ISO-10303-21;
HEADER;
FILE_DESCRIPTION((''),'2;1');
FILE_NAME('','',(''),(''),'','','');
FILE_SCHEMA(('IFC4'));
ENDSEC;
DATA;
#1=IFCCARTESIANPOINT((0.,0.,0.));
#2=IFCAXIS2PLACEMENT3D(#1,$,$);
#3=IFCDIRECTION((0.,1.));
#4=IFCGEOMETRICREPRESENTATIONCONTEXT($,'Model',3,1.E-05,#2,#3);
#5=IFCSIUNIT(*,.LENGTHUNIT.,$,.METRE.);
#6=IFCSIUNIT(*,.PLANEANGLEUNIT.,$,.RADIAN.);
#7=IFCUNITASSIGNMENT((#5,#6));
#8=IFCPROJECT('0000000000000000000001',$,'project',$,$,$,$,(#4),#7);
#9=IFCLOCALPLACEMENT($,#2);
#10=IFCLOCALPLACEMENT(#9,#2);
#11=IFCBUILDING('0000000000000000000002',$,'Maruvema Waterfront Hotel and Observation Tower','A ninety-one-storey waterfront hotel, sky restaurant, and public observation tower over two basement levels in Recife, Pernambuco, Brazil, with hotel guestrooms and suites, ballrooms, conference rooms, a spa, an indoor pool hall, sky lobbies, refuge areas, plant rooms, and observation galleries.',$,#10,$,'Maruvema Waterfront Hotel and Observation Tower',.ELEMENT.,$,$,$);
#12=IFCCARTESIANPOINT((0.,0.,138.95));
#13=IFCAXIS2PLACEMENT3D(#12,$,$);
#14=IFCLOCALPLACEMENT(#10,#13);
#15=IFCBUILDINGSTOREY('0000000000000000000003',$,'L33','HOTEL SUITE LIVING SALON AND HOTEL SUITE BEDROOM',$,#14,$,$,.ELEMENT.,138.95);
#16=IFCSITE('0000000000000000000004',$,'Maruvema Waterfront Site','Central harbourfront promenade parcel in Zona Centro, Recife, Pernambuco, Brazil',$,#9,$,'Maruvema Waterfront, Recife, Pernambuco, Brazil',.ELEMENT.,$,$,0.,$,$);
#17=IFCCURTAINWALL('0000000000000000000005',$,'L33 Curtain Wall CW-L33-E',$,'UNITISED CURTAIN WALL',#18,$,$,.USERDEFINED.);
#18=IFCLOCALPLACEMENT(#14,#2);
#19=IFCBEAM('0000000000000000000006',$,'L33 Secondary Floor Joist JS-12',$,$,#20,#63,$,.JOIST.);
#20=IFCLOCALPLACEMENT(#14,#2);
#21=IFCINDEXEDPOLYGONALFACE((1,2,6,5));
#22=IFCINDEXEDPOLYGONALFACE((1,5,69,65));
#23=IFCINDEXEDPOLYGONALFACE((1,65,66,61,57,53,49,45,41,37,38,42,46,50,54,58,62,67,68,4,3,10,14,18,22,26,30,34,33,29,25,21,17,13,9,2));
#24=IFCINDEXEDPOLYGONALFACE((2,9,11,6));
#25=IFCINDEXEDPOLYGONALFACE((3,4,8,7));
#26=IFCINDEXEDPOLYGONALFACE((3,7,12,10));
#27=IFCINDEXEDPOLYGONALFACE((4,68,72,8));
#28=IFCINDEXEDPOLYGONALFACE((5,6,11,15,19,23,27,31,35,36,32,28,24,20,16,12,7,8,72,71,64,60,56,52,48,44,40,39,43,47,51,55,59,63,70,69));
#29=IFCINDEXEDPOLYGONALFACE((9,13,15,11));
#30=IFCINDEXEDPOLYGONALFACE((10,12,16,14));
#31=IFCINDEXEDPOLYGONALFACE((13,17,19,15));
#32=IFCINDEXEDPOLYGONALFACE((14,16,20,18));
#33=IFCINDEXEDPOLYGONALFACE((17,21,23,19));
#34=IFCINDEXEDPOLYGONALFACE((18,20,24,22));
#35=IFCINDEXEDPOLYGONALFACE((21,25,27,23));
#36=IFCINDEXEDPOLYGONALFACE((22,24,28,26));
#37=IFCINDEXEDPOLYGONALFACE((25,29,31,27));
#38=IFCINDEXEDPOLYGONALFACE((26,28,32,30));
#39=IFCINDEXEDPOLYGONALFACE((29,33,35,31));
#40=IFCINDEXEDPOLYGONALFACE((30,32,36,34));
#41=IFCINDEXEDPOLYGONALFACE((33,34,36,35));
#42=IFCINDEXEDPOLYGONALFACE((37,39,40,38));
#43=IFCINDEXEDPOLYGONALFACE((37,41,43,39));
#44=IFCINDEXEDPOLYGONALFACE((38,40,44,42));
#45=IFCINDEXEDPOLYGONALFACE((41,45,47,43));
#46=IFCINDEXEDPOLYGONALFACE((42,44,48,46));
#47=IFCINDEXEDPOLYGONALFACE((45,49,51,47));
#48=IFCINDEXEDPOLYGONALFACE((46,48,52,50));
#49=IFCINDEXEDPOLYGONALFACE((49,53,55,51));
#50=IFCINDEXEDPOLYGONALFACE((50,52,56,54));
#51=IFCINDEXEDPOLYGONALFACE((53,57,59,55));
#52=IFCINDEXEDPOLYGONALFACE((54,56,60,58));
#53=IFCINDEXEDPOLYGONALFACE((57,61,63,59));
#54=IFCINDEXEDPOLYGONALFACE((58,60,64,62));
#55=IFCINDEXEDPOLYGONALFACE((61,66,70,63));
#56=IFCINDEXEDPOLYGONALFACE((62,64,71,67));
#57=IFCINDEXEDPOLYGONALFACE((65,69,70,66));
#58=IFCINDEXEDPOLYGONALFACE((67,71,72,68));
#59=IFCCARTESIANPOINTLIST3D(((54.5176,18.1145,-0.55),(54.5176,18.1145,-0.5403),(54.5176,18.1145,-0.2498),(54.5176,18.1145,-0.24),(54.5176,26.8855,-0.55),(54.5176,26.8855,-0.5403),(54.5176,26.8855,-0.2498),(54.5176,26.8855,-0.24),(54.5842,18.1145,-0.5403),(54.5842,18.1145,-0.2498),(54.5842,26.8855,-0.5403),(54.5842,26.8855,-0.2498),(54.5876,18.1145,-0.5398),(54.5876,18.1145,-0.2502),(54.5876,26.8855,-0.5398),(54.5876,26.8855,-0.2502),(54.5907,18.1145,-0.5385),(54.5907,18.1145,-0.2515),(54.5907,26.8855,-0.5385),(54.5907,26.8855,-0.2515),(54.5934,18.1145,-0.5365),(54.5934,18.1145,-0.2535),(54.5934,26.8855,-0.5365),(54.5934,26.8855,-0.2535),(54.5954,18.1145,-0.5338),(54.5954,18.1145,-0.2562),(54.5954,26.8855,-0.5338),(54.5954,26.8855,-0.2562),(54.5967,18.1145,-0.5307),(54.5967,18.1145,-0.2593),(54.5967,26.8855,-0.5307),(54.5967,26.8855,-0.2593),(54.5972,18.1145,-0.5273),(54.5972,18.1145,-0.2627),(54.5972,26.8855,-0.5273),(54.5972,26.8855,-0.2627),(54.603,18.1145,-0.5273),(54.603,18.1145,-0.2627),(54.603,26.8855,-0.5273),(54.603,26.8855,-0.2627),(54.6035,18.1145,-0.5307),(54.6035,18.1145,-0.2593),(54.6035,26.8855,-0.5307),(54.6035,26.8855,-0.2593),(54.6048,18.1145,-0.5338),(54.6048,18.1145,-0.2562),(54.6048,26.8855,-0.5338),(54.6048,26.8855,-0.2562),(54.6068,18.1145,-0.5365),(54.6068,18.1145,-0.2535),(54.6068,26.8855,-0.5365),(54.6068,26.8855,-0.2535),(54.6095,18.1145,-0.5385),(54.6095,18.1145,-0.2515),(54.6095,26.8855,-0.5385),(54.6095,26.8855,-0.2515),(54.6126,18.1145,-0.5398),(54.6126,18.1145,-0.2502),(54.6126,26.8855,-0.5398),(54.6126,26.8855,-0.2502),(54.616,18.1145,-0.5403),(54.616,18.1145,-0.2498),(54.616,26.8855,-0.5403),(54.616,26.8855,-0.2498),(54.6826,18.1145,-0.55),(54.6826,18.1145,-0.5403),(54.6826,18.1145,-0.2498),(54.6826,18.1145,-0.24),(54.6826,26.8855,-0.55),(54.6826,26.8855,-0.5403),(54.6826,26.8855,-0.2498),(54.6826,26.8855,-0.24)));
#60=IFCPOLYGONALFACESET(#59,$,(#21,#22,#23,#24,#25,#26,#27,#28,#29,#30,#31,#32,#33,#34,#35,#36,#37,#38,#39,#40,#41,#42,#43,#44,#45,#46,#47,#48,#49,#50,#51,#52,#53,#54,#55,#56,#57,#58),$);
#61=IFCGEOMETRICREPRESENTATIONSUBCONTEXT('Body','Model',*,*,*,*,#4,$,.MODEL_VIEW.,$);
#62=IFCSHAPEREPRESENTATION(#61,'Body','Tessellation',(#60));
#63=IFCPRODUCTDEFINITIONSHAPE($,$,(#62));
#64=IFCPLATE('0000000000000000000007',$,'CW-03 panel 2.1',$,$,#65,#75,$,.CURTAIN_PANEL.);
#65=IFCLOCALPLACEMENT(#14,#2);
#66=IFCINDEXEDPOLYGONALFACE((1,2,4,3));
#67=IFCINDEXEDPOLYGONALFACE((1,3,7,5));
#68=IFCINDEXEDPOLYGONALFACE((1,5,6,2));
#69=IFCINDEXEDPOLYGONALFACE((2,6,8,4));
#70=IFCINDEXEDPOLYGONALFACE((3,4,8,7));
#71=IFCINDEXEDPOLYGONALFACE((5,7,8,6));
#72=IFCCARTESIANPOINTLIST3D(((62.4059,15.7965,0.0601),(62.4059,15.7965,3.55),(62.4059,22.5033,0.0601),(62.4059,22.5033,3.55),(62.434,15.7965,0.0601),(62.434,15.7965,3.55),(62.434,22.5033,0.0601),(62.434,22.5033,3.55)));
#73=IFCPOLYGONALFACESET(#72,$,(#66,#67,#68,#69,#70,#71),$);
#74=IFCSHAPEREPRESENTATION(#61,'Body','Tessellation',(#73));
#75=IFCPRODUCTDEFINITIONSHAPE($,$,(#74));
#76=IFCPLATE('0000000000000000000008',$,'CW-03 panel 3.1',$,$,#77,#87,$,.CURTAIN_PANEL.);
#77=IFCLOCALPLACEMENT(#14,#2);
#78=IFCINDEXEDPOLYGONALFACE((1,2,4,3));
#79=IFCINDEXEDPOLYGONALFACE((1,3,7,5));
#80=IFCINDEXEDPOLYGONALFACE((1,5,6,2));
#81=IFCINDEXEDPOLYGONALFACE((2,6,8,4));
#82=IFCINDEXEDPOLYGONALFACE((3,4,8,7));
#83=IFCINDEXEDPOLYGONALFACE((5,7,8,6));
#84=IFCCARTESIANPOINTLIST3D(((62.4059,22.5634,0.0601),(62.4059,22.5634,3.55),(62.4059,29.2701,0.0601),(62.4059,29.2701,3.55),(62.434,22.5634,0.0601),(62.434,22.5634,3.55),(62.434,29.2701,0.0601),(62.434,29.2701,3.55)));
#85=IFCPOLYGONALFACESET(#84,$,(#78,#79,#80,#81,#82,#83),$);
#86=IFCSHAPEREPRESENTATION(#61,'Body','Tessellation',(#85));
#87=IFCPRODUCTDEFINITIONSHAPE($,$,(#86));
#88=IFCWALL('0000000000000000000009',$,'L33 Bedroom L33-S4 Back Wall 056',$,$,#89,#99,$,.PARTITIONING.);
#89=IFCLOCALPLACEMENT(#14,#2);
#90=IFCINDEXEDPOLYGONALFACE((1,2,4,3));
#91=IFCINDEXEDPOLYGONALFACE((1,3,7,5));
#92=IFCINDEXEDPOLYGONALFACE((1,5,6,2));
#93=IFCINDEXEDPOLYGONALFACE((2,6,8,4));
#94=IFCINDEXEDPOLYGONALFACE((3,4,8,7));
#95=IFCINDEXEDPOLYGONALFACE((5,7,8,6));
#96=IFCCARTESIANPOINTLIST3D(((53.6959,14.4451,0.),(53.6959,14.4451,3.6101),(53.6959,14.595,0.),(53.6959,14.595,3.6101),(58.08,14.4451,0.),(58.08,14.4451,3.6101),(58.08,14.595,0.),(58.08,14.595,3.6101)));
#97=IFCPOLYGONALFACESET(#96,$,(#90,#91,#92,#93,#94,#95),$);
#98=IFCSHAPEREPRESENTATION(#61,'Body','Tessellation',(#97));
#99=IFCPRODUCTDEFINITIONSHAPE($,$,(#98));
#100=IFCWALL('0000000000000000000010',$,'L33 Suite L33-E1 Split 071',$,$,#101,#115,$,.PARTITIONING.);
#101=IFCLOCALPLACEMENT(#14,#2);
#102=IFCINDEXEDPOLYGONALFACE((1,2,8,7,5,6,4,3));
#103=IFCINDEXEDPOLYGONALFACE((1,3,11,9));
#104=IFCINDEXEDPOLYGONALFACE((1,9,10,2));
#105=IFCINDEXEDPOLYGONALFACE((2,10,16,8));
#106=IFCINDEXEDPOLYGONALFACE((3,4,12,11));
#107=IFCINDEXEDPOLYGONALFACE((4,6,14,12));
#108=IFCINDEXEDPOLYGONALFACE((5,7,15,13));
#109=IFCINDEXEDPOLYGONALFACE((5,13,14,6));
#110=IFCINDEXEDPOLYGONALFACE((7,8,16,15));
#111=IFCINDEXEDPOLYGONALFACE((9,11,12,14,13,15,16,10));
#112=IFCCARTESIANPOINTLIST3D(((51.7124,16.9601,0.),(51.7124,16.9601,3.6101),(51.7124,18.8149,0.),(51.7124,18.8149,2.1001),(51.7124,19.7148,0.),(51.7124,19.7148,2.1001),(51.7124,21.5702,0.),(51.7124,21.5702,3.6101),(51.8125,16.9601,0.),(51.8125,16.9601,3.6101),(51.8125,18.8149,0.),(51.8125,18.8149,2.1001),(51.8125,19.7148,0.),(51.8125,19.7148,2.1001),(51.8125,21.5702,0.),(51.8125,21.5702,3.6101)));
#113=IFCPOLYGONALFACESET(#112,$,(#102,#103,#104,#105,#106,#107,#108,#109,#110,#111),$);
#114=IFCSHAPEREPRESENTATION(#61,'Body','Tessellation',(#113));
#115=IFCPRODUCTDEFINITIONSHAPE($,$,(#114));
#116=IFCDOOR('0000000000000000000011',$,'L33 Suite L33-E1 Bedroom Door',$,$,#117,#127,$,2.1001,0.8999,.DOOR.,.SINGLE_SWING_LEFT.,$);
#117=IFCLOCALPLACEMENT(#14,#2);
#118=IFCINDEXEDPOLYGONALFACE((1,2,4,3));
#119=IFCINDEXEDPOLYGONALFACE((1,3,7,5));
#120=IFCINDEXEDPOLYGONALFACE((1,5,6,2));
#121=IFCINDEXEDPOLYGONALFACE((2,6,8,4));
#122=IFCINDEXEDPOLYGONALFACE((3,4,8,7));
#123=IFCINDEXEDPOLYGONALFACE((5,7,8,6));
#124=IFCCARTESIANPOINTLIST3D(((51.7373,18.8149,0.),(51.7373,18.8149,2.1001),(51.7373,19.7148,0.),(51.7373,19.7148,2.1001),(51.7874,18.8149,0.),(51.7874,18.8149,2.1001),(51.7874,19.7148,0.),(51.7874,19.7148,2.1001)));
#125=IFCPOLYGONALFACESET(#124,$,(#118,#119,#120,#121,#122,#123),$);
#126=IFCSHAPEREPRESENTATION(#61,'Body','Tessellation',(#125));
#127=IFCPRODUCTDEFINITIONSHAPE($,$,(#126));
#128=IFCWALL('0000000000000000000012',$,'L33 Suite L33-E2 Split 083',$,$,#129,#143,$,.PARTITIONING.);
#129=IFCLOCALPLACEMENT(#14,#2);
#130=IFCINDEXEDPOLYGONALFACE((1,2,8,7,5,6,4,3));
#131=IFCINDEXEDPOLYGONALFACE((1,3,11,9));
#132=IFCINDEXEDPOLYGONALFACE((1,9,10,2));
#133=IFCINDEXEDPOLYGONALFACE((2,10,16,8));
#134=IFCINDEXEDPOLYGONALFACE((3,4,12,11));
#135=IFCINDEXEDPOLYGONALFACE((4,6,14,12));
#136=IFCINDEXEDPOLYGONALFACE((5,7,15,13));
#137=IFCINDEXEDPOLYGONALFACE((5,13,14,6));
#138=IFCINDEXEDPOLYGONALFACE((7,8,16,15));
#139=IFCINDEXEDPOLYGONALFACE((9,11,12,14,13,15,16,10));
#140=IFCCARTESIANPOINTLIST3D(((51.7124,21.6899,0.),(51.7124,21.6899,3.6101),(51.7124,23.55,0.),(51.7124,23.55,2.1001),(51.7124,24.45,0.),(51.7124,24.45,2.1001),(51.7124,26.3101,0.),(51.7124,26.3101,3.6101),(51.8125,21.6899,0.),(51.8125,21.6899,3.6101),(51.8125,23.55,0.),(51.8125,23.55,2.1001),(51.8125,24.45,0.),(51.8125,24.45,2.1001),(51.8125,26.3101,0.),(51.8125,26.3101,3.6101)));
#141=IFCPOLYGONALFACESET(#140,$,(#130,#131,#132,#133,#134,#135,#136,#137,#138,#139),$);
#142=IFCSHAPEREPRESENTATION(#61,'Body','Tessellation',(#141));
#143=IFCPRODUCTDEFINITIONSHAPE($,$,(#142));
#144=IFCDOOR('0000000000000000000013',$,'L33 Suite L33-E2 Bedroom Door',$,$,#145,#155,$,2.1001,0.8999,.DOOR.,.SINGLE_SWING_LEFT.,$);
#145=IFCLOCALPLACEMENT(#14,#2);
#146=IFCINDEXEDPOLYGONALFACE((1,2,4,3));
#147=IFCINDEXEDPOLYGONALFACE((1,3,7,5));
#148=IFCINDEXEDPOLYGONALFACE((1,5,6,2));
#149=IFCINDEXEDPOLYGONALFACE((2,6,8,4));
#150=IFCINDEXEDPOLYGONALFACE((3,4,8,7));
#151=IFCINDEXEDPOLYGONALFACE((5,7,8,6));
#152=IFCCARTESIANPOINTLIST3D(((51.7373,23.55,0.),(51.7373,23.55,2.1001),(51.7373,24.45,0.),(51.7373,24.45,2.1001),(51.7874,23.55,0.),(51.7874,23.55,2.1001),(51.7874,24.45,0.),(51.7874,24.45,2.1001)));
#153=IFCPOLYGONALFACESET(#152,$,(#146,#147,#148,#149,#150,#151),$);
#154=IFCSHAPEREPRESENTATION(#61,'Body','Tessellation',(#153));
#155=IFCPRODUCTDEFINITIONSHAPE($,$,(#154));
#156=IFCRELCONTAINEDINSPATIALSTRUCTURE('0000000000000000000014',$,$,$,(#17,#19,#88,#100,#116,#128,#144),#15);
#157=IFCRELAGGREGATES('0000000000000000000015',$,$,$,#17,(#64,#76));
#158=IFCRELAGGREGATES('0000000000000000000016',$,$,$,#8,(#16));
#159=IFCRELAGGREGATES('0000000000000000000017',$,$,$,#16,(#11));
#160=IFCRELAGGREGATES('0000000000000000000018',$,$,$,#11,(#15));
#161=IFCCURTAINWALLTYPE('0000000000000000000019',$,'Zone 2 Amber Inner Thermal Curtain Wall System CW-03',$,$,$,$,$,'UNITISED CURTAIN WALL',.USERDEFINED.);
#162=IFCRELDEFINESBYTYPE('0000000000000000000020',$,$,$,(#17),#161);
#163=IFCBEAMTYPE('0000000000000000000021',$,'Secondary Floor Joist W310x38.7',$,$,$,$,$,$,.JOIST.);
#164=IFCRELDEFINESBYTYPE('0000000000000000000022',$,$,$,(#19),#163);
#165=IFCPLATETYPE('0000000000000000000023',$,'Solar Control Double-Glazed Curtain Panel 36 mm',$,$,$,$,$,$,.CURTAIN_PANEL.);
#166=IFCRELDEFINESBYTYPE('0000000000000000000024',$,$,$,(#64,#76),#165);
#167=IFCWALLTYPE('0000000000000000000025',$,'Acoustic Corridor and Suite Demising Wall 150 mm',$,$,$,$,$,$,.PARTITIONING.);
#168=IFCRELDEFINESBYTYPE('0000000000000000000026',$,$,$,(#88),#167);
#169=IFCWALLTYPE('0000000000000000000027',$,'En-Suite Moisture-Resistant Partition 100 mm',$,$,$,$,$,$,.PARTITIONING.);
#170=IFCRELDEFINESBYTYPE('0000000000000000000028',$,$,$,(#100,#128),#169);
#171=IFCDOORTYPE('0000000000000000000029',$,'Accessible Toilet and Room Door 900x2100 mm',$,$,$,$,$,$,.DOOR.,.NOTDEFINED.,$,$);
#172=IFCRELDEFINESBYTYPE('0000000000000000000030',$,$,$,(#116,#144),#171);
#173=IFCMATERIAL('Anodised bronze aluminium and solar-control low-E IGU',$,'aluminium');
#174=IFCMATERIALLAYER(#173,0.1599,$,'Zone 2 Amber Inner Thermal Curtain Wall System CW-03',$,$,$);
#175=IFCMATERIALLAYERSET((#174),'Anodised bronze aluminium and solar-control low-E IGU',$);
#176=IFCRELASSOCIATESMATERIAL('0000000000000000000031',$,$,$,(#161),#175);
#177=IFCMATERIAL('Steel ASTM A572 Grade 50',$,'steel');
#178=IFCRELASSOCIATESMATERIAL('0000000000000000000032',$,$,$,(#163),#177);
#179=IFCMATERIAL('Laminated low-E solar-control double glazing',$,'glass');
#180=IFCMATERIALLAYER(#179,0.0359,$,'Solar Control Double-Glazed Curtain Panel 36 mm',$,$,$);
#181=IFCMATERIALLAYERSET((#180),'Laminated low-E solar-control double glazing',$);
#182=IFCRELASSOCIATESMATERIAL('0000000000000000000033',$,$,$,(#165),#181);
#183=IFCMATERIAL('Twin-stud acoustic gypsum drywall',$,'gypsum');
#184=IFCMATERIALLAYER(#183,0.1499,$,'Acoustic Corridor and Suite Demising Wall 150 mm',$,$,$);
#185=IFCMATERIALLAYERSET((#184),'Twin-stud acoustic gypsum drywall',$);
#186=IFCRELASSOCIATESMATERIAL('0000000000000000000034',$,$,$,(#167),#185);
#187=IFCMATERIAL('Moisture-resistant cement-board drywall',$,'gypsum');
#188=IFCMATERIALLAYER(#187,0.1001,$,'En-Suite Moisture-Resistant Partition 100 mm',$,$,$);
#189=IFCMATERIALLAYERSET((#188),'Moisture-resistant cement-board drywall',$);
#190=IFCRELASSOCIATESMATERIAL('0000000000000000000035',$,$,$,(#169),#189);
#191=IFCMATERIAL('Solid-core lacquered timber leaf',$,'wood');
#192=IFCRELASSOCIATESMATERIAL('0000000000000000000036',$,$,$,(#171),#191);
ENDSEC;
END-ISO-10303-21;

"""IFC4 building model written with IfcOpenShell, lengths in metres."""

from ifc_helpers import new_model, si_unit, direction, frame, frame_2d, origin, origin_2d, place, context, subcontext, project, spatial, rectangle, i_section, extrude, material, layer, layer_set, material_profile, profile_set, type_object, element, fill, aggregate, save


model = new_model("IFC4")

# Units and contexts
model_context = context("Model", 3, precision=1e-05, world=origin(), true_north=direction((0.0, 1.0)))
body_context = subcontext(model_context, "Body", "Model", "MODEL_VIEW")
ifc_project = project(units=[si_unit("LENGTHUNIT", "METRE"), si_unit("PLANEANGLEUNIT", "RADIAN")], contexts=[model_context])

# Site, building, storey
site_placement = place(None, origin())
site = spatial("IfcSite", under=ifc_project, at=site_placement, Name="Maruvema Waterfront Site", Description="Central harbourfront promenade parcel in Zona Centro, Recife, Pernambuco, Brazil", LongName="Maruvema Waterfront, Recife, Pernambuco, Brazil", CompositionType="ELEMENT", RefElevation=0.0)
building_placement = place(site_placement, origin())
building = spatial("IfcBuilding", under=site, at=building_placement, Name="Maruvema Waterfront Hotel and Observation Tower", Description="A ninety-one-storey waterfront hotel, sky restaurant, and public observation tower over two basement levels in Recife, Pernambuco, Brazil, with hotel guestrooms and suites, ballrooms, conference rooms, a spa, an indoor pool hall, sky lobbies, refuge areas, plant rooms, and observation galleries.", LongName="Maruvema Waterfront Hotel and Observation Tower", CompositionType="ELEMENT")
storey_placement = place(building_placement, frame((0.0, 0.0, 138.95)))
storey = spatial("IfcBuildingStorey", under=building, at=storey_placement, Name="L33", Description="HOTEL SUITE LIVING SALON AND HOTEL SUITE BEDROOM", CompositionType="ELEMENT", Elevation=138.95)

# Curtain wall
ifc_material_1 = material(Name="Anodised bronze aluminium and solar-control low-E IGU", Category="aluminium")
ifc_layer_1 = layer(ifc_material_1, 0.1599, Name="Zone 2 Amber Inner Thermal Curtain Wall System CW-03")
ifc_layer_set_1 = layer_set([ifc_layer_1], Name="Anodised bronze aluminium and solar-control low-E IGU")
curtain_wall_type = type_object("IfcCurtainWallType", Name="Zone 2 Amber Inner Thermal Curtain Wall System CW-03", ElementType="UNITISED CURTAIN WALL", PredefinedType="USERDEFINED", material=ifc_layer_set_1)
curtain_wall_placement = place(storey_placement, origin())
curtain_wall = element("IfcCurtainWall", 1, at=curtain_wall_placement, inside=storey, type_object=curtain_wall_type, Name="L33 Curtain Wall CW-L33-E", ObjectType="UNITISED CURTAIN WALL", PredefinedType="USERDEFINED")

# Beam
ifc_material_2 = material(Name="Steel ASTM A572 Grade 50", Category="steel")
ifc_material_profile_1 = material_profile(ifc_material_2, i_section(OverallWidth=0.165, OverallDepth=0.3101, WebThickness=0.0059, FlangeThickness=0.0098, FilletRadius=0.0129, at=origin_2d()), Name="W310x38.7")
ifc_profile_set_1 = profile_set([ifc_material_profile_1], Name="Steel ASTM A572 Grade 50")
beam_type_1 = type_object("IfcBeamType", Name="Secondary Floor Joist W310x38.7", PredefinedType="JOIST", material=ifc_profile_set_1)
beam_1_placement = place(storey_placement, frame((54.6001, 18.1145, -0.395), z_axis=(0.0, 1.0, 0.0), x_axis=(-1.0, 0.0, 0.0)))
element("IfcBeam", 2, at=beam_1_placement, inside=storey, type_object=beam_type_1, Name="L33 Secondary Floor Joist JS-12", PredefinedType="JOIST", context=body_context, shape_type="SweptSolid", body=[
    extrude(i_section(OverallWidth=0.165, OverallDepth=0.3101, WebThickness=0.0059, FlangeThickness=0.0098, FilletRadius=0.0129, at=origin_2d()), origin(), (0.0, 0.0, 1.0), 8.771),
])

# Plates
ifc_material_3 = material(Name="Laminated low-E solar-control double glazing", Category="glass")
ifc_layer_2 = layer(ifc_material_3, 0.0359, Name="Solar Control Double-Glazed Curtain Panel 36 mm")
ifc_layer_set_2 = layer_set([ifc_layer_2], Name="Laminated low-E solar-control double glazing")
plate_type = type_object("IfcPlateType", Name="Solar Control Double-Glazed Curtain Panel 36 mm", PredefinedType="CURTAIN_PANEL", material=ifc_layer_set_2)
plate_1_placement = place(storey_placement, frame((62.4199, 19.1499, 0.0601), z_axis=(0.0, 0.0, 1.0), x_axis=(0.0, 1.0, 0.0)))
plate_1 = element("IfcPlate", 3, at=plate_1_placement, type_object=plate_type, Name="CW-03 panel 2.1", PredefinedType="CURTAIN_PANEL", context=body_context, shape_type="SweptSolid", body=[
    extrude(rectangle(XDim=6.7068, YDim=0.0281, at=origin_2d()), origin(), (0.0, 0.0, 1.0), 3.49),
])
plate_2_placement = place(storey_placement, frame((62.4199, 25.9167, 0.0601), z_axis=(0.0, 0.0, 1.0), x_axis=(0.0, 1.0, 0.0)))
plate_2 = element("IfcPlate", 4, at=plate_2_placement, type_object=plate_type, Name="CW-03 panel 3.1", PredefinedType="CURTAIN_PANEL", context=body_context, shape_type="SweptSolid", body=[
    extrude(rectangle(XDim=6.7068, YDim=0.0281, at=origin_2d()), origin(), (0.0, 0.0, 1.0), 3.49),
])
aggregate(curtain_wall, [plate_1, plate_2])

# Wall
ifc_material_4 = material(Name="Twin-stud acoustic gypsum drywall", Category="gypsum")
ifc_layer_3 = layer(ifc_material_4, 0.1499, Name="Acoustic Corridor and Suite Demising Wall 150 mm")
ifc_layer_set_3 = layer_set([ifc_layer_3], Name="Twin-stud acoustic gypsum drywall")
wall_type_1 = type_object("IfcWallType", Name="Acoustic Corridor and Suite Demising Wall 150 mm", PredefinedType="PARTITIONING", material=ifc_layer_set_3)
wall_1_placement = place(storey_placement, frame((53.696, 14.52, 0.0), z_axis=(0.0, 0.0, 1.0), x_axis=(1.0, 0.0, 0.0)))
element("IfcWall", 5, at=wall_1_placement, inside=storey, type_object=wall_type_1, Name="L33 Bedroom L33-S4 Back Wall 056", PredefinedType="PARTITIONING", context=body_context, shape_type="SweptSolid", body=[
    extrude(rectangle(XDim=4.384, YDim=0.1499, at=frame_2d((2.1919, 0.0))), origin(), (0.0, 0.0, 1.0), 3.6101),
])

# Walls, openings, doors
ifc_material_5 = material(Name="Moisture-resistant cement-board drywall", Category="gypsum")
ifc_layer_4 = layer(ifc_material_5, 0.1001, Name="En-Suite Moisture-Resistant Partition 100 mm")
ifc_layer_set_4 = layer_set([ifc_layer_4], Name="Moisture-resistant cement-board drywall")
wall_type_2 = type_object("IfcWallType", Name="En-Suite Moisture-Resistant Partition 100 mm", PredefinedType="PARTITIONING", material=ifc_layer_set_4)
wall_2_placement = place(storey_placement, frame((51.7625, 16.96, 0.0), z_axis=(0.0, 0.0, 1.0), x_axis=(0.0, 1.0, 0.0)))
wall_2 = element("IfcWall", 6, at=wall_2_placement, inside=storey, type_object=wall_type_2, Name="L33 Suite L33-E1 Split 071", PredefinedType="PARTITIONING", context=body_context, shape_type="SweptSolid", body=[
    extrude(rectangle(XDim=4.6101, YDim=0.1001, at=frame_2d((2.3052, 0.0))), origin(), (0.0, 0.0, 1.0), 3.6101),
])
opening_1_placement = place(wall_2_placement, frame((1.855, 0.0, 0.0)))
opening_1 = element("IfcOpeningElement", 7, at=opening_1_placement, cuts=wall_2, PredefinedType="OPENING", context=body_context, shape_type="SweptSolid", body=[
    extrude(rectangle(XDim=0.8999, YDim=2.1001, at=frame_2d((0.45, 1.05))), frame((0.0, 0.0601, 0.0), z_axis=(0.0, -1.0, 0.0), x_axis=(1.0, 0.0, 0.0)), (0.0, 0.0, 1.0), 0.1201),
])
ifc_material_6 = material(Name="Solid-core lacquered timber leaf", Category="wood")
door_type = type_object("IfcDoorType", Name="Accessible Toilet and Room Door 900x2100 mm", OperationType="NOTDEFINED", PredefinedType="DOOR", material=ifc_material_6)
door_1_placement = place(opening_1_placement, frame((0.8999, 0.0, 0.0), z_axis=(0.0, 0.0, 1.0), x_axis=(-1.0, 0.0, 0.0)))
door_1 = element("IfcDoor", 8, at=door_1_placement, inside=storey, type_object=door_type, Name="L33 Suite L33-E1 Bedroom Door", OperationType="SINGLE_SWING_LEFT", OverallHeight=2.1001, OverallWidth=0.8999, PredefinedType="DOOR", context=body_context, shape_type="SweptSolid", body=[
    extrude(rectangle(XDim=0.8999, YDim=2.1001, at=frame_2d((0.45, 1.05))), frame((0.0, 0.0249, 0.0), z_axis=(0.0, -1.0, 0.0), x_axis=(1.0, 0.0, 0.0)), (0.0, 0.0, 1.0), 0.05),
])
fill(opening_1, door_1)
wall_3_placement = place(storey_placement, frame((51.7625, 21.6899, 0.0), z_axis=(0.0, 0.0, 1.0), x_axis=(0.0, 1.0, 0.0)))
wall_3 = element("IfcWall", 9, at=wall_3_placement, inside=storey, type_object=wall_type_2, Name="L33 Suite L33-E2 Split 083", PredefinedType="PARTITIONING", context=body_context, shape_type="SweptSolid", body=[
    extrude(rectangle(XDim=4.6201, YDim=0.1001, at=frame_2d((2.3101, 0.0))), origin(), (0.0, 0.0, 1.0), 3.6101),
])
opening_2_placement = place(wall_3_placement, frame((1.8601, 0.0, 0.0)))
opening_2 = element("IfcOpeningElement", 10, at=opening_2_placement, cuts=wall_3, PredefinedType="OPENING", context=body_context, shape_type="SweptSolid", body=[
    extrude(rectangle(XDim=0.8999, YDim=2.1001, at=frame_2d((0.45, 1.05))), frame((0.0, 0.0601, 0.0), z_axis=(0.0, -1.0, 0.0), x_axis=(1.0, 0.0, 0.0)), (0.0, 0.0, 1.0), 0.1201),
])
door_2_placement = place(opening_2_placement, frame((0.8999, 0.0, 0.0), z_axis=(0.0, 0.0, 1.0), x_axis=(-1.0, 0.0, 0.0)))
door_2 = element("IfcDoor", 11, at=door_2_placement, inside=storey, type_object=door_type, Name="L33 Suite L33-E2 Bedroom Door", OperationType="SINGLE_SWING_LEFT", OverallHeight=2.1001, OverallWidth=0.8999, PredefinedType="DOOR", context=body_context, shape_type="SweptSolid", body=[
    extrude(rectangle(XDim=0.8999, YDim=2.1001, at=frame_2d((0.45, 1.05))), frame((0.0, 0.0249, 0.0), z_axis=(0.0, -1.0, 0.0), x_axis=(1.0, 0.0, 0.0)), (0.0, 0.0, 1.0), 0.05),
])
fill(opening_2, door_2)

save(model, "model.ifc")
